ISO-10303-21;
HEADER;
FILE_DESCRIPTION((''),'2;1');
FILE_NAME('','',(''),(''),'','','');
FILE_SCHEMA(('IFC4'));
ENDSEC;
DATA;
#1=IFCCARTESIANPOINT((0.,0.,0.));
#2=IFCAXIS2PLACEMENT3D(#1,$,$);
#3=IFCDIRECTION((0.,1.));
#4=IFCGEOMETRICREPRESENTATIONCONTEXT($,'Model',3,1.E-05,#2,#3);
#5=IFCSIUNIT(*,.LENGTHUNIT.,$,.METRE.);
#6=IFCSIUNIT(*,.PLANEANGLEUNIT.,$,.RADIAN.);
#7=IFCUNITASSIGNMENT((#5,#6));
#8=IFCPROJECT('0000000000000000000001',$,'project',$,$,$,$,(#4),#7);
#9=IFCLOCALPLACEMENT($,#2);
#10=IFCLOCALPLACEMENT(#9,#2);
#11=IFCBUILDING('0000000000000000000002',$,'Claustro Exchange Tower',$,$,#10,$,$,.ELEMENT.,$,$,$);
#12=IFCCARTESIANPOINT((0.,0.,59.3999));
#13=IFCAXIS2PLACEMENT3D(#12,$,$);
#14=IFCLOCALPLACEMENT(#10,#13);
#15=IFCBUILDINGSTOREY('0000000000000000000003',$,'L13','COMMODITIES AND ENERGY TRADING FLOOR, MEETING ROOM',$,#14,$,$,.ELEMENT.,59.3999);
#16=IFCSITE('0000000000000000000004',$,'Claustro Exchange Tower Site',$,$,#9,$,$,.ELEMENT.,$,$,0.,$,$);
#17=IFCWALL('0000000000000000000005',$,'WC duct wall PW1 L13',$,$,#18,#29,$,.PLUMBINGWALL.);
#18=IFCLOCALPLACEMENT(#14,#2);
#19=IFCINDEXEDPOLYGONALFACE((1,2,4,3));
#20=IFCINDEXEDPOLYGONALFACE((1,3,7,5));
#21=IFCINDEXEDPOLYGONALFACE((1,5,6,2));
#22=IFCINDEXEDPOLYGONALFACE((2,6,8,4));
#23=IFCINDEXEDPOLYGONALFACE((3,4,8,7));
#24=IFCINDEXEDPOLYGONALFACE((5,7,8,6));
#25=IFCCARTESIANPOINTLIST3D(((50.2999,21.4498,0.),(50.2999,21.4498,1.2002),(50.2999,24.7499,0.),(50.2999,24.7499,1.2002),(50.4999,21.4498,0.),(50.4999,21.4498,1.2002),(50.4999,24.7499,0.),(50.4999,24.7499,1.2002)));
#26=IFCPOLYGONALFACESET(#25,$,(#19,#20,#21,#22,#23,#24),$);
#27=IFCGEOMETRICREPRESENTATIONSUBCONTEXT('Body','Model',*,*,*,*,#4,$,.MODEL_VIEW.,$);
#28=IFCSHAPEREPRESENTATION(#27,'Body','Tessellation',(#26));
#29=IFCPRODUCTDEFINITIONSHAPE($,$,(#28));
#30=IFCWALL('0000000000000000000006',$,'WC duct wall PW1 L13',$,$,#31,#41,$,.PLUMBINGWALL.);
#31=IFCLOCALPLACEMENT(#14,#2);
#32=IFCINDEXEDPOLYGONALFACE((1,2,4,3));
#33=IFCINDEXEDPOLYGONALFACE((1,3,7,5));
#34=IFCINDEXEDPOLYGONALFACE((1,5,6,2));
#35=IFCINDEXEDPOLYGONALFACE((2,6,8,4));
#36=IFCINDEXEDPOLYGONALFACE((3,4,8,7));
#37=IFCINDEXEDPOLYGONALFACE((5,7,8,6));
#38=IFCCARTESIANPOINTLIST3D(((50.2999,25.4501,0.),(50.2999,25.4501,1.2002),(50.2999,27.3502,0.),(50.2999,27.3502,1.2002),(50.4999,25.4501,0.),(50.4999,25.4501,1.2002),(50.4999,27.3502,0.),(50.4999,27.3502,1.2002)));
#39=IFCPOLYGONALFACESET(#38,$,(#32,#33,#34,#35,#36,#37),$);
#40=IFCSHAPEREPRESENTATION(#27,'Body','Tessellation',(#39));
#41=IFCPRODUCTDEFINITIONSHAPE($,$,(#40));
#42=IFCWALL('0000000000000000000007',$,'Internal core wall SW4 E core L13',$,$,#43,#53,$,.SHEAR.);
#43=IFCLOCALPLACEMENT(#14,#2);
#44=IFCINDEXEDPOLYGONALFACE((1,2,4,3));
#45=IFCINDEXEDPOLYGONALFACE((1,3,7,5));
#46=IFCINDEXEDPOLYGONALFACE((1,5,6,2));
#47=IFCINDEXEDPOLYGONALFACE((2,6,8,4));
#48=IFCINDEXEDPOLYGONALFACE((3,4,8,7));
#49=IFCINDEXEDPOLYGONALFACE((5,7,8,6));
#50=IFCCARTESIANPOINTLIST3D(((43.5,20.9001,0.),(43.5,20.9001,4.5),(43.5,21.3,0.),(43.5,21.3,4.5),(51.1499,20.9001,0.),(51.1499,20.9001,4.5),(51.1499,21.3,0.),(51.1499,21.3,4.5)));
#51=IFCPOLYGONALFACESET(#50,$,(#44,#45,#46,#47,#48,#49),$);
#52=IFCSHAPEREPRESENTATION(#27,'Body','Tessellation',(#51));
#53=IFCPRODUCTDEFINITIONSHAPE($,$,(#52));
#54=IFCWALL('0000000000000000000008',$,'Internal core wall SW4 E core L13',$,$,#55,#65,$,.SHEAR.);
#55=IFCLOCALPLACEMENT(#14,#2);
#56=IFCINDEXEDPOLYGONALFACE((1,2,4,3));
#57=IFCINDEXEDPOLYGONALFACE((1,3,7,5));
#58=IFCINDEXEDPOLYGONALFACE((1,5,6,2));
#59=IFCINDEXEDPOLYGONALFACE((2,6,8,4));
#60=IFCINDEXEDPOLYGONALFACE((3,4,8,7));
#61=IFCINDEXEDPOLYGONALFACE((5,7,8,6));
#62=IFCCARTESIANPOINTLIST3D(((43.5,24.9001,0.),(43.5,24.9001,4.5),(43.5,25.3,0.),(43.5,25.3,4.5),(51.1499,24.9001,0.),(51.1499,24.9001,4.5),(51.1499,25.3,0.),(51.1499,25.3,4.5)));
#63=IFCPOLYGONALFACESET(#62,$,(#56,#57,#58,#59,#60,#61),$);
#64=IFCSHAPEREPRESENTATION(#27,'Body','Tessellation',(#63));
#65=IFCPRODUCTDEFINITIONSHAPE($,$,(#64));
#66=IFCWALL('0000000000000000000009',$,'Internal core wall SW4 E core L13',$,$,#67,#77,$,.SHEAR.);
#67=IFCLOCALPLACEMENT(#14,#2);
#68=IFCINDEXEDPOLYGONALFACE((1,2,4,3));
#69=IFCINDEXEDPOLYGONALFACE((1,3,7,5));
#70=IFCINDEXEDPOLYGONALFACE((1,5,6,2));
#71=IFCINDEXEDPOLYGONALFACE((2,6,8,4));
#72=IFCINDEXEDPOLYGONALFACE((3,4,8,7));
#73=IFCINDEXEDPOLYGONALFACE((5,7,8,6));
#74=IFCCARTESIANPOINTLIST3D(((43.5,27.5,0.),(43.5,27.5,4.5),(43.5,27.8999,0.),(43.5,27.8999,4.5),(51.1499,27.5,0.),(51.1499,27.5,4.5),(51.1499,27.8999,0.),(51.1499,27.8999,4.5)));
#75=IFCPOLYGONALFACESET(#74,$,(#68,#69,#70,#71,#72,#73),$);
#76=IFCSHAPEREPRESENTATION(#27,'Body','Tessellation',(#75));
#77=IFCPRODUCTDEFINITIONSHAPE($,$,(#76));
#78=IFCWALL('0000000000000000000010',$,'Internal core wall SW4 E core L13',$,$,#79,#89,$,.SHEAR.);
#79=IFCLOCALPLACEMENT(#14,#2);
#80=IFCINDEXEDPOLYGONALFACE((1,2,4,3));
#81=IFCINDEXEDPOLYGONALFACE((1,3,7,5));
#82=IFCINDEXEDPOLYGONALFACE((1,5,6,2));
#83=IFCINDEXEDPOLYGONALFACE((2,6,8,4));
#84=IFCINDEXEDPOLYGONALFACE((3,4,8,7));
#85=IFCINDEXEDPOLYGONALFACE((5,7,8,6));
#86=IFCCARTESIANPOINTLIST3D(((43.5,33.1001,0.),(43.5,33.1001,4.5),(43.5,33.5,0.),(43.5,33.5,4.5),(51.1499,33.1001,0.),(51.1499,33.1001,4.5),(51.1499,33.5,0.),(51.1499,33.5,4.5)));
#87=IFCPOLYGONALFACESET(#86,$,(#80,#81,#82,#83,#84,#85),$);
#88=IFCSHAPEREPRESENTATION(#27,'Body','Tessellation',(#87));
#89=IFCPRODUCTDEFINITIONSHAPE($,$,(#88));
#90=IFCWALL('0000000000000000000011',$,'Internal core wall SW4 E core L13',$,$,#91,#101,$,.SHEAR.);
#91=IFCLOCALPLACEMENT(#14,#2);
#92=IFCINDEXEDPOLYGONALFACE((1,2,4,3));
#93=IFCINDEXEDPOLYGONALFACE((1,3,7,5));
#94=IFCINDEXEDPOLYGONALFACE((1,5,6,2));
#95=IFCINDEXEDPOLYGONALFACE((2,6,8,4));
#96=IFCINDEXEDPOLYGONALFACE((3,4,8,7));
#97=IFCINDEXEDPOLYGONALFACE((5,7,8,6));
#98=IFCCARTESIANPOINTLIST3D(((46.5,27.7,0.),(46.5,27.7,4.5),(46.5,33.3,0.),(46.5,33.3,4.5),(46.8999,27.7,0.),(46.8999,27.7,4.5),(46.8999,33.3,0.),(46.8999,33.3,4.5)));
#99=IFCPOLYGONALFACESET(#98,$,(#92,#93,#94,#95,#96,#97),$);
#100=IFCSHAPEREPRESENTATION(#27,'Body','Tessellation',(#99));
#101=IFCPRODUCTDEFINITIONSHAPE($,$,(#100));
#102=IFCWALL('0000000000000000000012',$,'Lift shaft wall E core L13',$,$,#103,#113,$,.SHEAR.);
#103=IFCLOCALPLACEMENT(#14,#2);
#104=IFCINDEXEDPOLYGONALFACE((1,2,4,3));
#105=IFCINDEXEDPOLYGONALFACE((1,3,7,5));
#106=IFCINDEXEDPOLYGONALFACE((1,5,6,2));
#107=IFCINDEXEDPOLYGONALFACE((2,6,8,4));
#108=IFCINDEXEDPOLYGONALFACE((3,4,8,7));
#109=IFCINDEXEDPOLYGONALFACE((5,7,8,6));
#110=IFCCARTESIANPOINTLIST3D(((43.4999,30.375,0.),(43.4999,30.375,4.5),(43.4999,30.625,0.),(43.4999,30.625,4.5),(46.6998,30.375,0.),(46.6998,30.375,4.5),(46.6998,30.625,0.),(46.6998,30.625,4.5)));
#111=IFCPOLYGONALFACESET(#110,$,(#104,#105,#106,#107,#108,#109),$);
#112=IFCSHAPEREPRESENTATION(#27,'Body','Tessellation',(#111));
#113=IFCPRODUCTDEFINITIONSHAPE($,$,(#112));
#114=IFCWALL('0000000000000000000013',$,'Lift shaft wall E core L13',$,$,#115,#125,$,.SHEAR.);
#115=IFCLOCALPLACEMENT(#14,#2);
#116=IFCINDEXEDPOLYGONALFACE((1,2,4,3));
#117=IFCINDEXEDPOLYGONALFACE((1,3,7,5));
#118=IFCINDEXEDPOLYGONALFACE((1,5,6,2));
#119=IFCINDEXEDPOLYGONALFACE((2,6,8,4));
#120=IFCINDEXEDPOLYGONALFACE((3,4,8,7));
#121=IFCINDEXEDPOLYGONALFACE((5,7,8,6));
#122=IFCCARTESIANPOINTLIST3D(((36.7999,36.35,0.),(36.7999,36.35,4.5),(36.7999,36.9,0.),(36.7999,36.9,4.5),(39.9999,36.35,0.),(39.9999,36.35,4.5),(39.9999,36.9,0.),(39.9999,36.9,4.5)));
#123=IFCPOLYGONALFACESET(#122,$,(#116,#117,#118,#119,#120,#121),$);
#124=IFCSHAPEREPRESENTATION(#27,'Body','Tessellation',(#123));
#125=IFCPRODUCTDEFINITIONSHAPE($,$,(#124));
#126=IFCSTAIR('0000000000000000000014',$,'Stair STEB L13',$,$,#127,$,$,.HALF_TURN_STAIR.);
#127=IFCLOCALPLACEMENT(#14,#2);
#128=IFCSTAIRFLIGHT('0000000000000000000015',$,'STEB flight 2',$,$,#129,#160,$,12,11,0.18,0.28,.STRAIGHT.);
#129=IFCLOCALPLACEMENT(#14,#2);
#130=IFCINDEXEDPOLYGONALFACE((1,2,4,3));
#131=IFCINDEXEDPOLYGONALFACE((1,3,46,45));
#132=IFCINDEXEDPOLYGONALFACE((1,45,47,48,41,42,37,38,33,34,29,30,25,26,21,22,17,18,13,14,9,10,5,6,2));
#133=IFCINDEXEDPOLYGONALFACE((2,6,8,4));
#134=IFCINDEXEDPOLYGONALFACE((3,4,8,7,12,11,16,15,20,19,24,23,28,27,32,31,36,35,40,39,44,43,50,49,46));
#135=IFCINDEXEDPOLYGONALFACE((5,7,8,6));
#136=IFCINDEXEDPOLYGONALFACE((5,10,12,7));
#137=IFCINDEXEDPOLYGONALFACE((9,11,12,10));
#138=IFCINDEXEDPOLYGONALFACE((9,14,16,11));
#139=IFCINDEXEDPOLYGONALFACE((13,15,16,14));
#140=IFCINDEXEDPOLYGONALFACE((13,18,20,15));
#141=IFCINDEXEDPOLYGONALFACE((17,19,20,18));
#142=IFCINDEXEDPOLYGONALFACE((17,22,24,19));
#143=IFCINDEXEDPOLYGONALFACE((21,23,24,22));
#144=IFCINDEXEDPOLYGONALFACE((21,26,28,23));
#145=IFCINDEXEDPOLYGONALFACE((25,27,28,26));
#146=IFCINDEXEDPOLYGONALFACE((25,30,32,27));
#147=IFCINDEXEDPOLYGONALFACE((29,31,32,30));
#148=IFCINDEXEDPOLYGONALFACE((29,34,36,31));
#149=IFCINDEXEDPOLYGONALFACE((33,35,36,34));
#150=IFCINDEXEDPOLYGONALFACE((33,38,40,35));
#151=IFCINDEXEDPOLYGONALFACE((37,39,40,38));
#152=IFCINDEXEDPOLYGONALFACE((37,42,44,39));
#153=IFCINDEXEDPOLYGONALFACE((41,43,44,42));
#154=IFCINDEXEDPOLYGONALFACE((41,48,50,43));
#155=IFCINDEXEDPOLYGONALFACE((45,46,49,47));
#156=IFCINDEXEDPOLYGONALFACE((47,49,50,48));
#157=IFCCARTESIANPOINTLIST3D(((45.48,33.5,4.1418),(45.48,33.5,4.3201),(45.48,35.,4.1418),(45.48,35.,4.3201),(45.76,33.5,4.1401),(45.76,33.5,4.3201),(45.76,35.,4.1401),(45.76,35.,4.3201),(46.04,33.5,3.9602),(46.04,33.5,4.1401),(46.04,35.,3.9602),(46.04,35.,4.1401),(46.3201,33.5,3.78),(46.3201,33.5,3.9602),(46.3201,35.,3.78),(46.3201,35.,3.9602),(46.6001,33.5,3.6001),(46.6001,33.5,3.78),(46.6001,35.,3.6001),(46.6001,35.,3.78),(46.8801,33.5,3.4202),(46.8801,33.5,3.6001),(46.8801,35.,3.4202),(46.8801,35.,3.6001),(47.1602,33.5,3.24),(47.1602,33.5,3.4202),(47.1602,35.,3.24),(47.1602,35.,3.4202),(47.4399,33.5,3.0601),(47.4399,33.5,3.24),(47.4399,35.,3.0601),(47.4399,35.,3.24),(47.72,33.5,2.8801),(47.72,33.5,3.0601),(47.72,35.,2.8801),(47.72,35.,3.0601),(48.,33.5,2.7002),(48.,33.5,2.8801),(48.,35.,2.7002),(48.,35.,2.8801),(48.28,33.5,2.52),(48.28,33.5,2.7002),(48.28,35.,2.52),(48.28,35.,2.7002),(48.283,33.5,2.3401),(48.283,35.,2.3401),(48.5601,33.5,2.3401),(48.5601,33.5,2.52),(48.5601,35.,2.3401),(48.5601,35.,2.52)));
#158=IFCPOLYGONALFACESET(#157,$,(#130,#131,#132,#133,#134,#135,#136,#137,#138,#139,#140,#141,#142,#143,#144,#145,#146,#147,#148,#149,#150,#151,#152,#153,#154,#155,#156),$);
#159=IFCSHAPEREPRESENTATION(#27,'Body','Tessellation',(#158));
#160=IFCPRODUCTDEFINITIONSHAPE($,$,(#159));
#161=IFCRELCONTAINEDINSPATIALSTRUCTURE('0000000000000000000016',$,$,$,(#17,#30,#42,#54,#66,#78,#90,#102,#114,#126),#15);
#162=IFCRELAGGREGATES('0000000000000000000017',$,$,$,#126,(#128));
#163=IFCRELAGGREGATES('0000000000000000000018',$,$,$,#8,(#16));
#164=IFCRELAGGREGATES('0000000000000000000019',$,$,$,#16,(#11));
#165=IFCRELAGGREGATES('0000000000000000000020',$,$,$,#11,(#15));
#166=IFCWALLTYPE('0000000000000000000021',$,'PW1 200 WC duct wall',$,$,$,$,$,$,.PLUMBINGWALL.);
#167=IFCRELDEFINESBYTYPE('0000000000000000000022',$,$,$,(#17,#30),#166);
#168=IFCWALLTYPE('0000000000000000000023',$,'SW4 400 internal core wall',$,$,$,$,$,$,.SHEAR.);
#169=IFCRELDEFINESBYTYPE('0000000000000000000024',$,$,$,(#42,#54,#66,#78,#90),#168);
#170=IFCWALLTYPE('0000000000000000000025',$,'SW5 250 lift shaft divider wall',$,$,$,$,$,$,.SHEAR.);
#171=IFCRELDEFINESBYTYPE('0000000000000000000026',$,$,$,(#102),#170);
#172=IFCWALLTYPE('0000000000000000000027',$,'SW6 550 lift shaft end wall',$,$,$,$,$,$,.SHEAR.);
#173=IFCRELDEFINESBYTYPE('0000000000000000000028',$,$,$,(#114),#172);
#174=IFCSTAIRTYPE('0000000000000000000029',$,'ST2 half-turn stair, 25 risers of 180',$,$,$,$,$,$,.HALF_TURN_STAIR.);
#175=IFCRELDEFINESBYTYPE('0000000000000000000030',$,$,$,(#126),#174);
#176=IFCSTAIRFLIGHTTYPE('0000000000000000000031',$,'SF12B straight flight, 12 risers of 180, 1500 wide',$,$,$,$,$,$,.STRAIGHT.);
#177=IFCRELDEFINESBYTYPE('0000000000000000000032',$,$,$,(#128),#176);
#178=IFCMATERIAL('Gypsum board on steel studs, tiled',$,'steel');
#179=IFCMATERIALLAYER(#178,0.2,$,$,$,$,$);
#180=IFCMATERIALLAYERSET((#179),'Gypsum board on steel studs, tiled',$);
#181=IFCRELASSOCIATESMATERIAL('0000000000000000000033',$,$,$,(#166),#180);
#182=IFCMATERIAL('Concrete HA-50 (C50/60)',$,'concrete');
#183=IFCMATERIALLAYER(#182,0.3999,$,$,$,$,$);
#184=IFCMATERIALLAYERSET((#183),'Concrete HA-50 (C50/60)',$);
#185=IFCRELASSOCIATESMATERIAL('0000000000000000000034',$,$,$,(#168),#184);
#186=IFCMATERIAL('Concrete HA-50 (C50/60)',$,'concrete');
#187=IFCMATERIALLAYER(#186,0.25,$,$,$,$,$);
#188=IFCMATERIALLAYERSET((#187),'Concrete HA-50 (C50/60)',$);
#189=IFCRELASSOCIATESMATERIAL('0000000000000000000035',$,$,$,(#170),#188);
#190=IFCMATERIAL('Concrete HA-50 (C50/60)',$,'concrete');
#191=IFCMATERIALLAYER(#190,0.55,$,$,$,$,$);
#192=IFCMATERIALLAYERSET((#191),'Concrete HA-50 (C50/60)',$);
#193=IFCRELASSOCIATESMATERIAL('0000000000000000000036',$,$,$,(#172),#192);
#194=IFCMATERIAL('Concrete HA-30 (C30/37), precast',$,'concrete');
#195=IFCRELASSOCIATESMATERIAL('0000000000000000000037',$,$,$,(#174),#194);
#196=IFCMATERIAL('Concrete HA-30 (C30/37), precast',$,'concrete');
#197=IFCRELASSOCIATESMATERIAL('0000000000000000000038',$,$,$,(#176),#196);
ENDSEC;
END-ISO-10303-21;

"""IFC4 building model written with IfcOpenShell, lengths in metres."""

from ifc_helpers import new_model, si_unit, direction, frame, frame_2d, origin, place, context, subcontext, project, spatial, polyline, rectangle, outline, extrude, material, layer, layer_set, type_object, element, aggregate, save


model = new_model("IFC4")

# Units and contexts
model_context = context("Model", 3, precision=1e-05, world=origin(), true_north=direction((0.0, 1.0)))
body_context = subcontext(model_context, "Body", "Model", "MODEL_VIEW")
ifc_project = project(units=[si_unit("LENGTHUNIT", "METRE"), si_unit("PLANEANGLEUNIT", "RADIAN")], contexts=[model_context])

# Site, building, storey
site_placement = place(None, origin())
site = spatial("IfcSite", under=ifc_project, at=site_placement, Name="Claustro Exchange Tower Site", CompositionType="ELEMENT", RefElevation=0.0)
building_placement = place(site_placement, origin())
building = spatial("IfcBuilding", under=site, at=building_placement, Name="Claustro Exchange Tower", CompositionType="ELEMENT")
storey_placement = place(building_placement, frame((0.0, 0.0, 59.3999)))
storey = spatial("IfcBuildingStorey", under=building, at=storey_placement, Name="L13", Description="COMMODITIES AND ENERGY TRADING FLOOR, MEETING ROOM", CompositionType="ELEMENT", Elevation=59.3999)

# Walls
ifc_material_1 = material(Name="Gypsum board on steel studs, tiled", Category="steel")
ifc_layer_1 = layer(ifc_material_1, 0.2)
ifc_layer_set_1 = layer_set([ifc_layer_1], Name="Gypsum board on steel studs, tiled")
wall_type_1 = type_object("IfcWallType", Name="PW1 200 WC duct wall", PredefinedType="PLUMBINGWALL", material=ifc_layer_set_1)
wall_1_placement = place(storey_placement, frame((50.3999, 21.45, 0.0), z_axis=(0.0, 0.0, 1.0), x_axis=(0.0, 1.0, 0.0)))
element("IfcWall", 1, at=wall_1_placement, inside=storey, type_object=wall_type_1, Name="WC duct wall PW1 L13", PredefinedType="PLUMBINGWALL", context=body_context, shape_type="SweptSolid", body=[
    extrude(rectangle(XDim=3.3, YDim=0.2, at=frame_2d((1.6499, 0.0))), origin(), (0.0, 0.0, 1.0), 1.2002),
])
wall_2_placement = place(storey_placement, frame((50.3999, 25.45, 0.0), z_axis=(0.0, 0.0, 1.0), x_axis=(0.0, 1.0, 0.0)))
element("IfcWall", 2, at=wall_2_placement, inside=storey, type_object=wall_type_1, Name="WC duct wall PW1 L13", PredefinedType="PLUMBINGWALL", context=body_context, shape_type="SweptSolid", body=[
    extrude(rectangle(XDim=1.9001, YDim=0.2, at=frame_2d((0.9502, 0.0))), origin(), (0.0, 0.0, 1.0), 1.2002),
])
ifc_material_2 = material(Name="Concrete HA-50 (C50/60)", Category="concrete")
ifc_layer_2 = layer(ifc_material_2, 0.3999)
ifc_layer_set_2 = layer_set([ifc_layer_2], Name="Concrete HA-50 (C50/60)")
wall_type_2 = type_object("IfcWallType", Name="SW4 400 internal core wall", PredefinedType="SHEAR", material=ifc_layer_set_2)
for number, where, z_axis, x_axis, name in (
    (3, (51.1499, 21.1001, 0.0), (0.0, 0.0, 1.0), (-1.0, 0.0, 0.0), "Internal core wall SW4 E core L13"),
    (4, (51.1499, 25.1001, 0.0), (0.0, 0.0, 1.0), (-1.0, 0.0, 0.0), "Internal core wall SW4 E core L13"),
    (5, (51.1499, 27.7, 0.0), (0.0, 0.0, 1.0), (-1.0, 0.0, 0.0), "Internal core wall SW4 E core L13"),
    (6, (51.1499, 33.3, 0.0), (0.0, 0.0, 1.0), (-1.0, 0.0, 0.0), "Internal core wall SW4 E core L13"),
):
    element("IfcWall", number, at=place(storey_placement, frame(where, z_axis=z_axis, x_axis=x_axis)), inside=storey, type_object=wall_type_2, Name=name, PredefinedType="SHEAR", context=body_context, shape_type="SweptSolid", body=[
        extrude(rectangle(XDim=7.6499, YDim=0.3999, at=frame_2d((3.825, 0.0))), origin(), (0.0, 0.0, 1.0), 4.5),
    ])
wall_3_placement = place(storey_placement, frame((46.7, 27.7, 0.0), z_axis=(0.0, 0.0, 1.0), x_axis=(0.0, 1.0, 0.0)))
element("IfcWall", 7, at=wall_3_placement, inside=storey, type_object=wall_type_2, Name="Internal core wall SW4 E core L13", PredefinedType="SHEAR", context=body_context, shape_type="SweptSolid", body=[
    extrude(rectangle(XDim=5.6001, YDim=0.3999, at=frame_2d((2.8, 0.0))), origin(), (0.0, 0.0, 1.0), 4.5),
])
ifc_material_3 = material(Name="Concrete HA-50 (C50/60)", Category="concrete")
ifc_layer_3 = layer(ifc_material_3, 0.25)
ifc_layer_set_3 = layer_set([ifc_layer_3], Name="Concrete HA-50 (C50/60)")
wall_type_3 = type_object("IfcWallType", Name="SW5 250 lift shaft divider wall", PredefinedType="SHEAR", material=ifc_layer_set_3)
wall_4_placement = place(storey_placement, frame((46.7, 30.5, 0.0), z_axis=(0.0, 0.0, 1.0), x_axis=(-1.0, 0.0, 0.0)))
element("IfcWall", 8, at=wall_4_placement, inside=storey, type_object=wall_type_3, Name="Lift shaft wall E core L13", PredefinedType="SHEAR", context=body_context, shape_type="SweptSolid", body=[
    extrude(rectangle(XDim=3.2, YDim=0.25, at=frame_2d((1.6001, 0.0))), origin(), (0.0, 0.0, 1.0), 4.5),
])
ifc_material_4 = material(Name="Concrete HA-50 (C50/60)", Category="concrete")
ifc_layer_4 = layer(ifc_material_4, 0.55)
ifc_layer_set_4 = layer_set([ifc_layer_4], Name="Concrete HA-50 (C50/60)")
wall_type_4 = type_object("IfcWallType", Name="SW6 550 lift shaft end wall", PredefinedType="SHEAR", material=ifc_layer_set_4)
wall_5_placement = place(storey_placement, frame((40.0, 36.625, 0.0), z_axis=(0.0, 0.0, 1.0), x_axis=(-1.0, 0.0, 0.0)))
element("IfcWall", 9, at=wall_5_placement, inside=storey, type_object=wall_type_4, Name="Lift shaft wall E core L13", PredefinedType="SHEAR", context=body_context, shape_type="SweptSolid", body=[
    extrude(rectangle(XDim=3.2, YDim=0.55, at=frame_2d((1.6001, 0.0))), origin(), (0.0, 0.0, 1.0), 4.5),
])

# Stair, stair flight
ifc_material_5 = material(Name="Concrete HA-30 (C30/37), precast", Category="concrete")
stair_type = type_object("IfcStairType", Name="ST2 half-turn stair, 25 risers of 180", PredefinedType="HALF_TURN_STAIR", material=ifc_material_5)
stair_placement = place(storey_placement, origin())
stair = element("IfcStair", 10, at=stair_placement, inside=storey, type_object=stair_type, Name="Stair STEB L13", PredefinedType="HALF_TURN_STAIR")
ifc_material_6 = material(Name="Concrete HA-30 (C30/37), precast", Category="concrete")
stair_flight_type_1 = type_object("IfcStairFlightType", Name="SF12B straight flight, 12 risers of 180, 1500 wide", PredefinedType="STRAIGHT", material=ifc_material_6)
stair_flight_1_placement = place(storey_placement, frame((48.5601, 34.25, 2.3401), z_axis=(0.0, 0.0, 1.0), x_axis=(-1.0, 0.0, 0.0)))
stair_flight_1 = element("IfcStairFlight", 11, at=stair_flight_1_placement, type_object=stair_flight_type_1, Name="STEB flight 2", NumberOfRisers=12, NumberOfTreads=11, PredefinedType="STRAIGHT", RiserHeight=0.18, TreadLength=0.28, context=body_context, shape_type="SweptSolid", body=[
    extrude(outline(polyline([(0.0, 0.0), (0.0, 0.1799), (0.28, 0.1799), (0.28, 0.3601), (0.5601, 0.3601), (0.5601, 0.54), (0.8401, 0.54), (0.8401, 0.72), (1.1201, 0.72), (1.1201, 0.8999), (1.3999, 0.8999), (1.3999, 1.0801), (1.6799, 1.0801), (1.6799, 1.26), (1.96, 1.26), (1.96, 1.4399), (2.24, 1.4399), (2.24, 1.6201), (2.52, 1.6201), (2.52, 1.8), (2.8, 1.8), (2.8, 1.98), (3.0801, 1.98), (3.0801, 2.1599), (3.0801, 1.8018), (0.2771, 0.0), (0.0, 0.0)])), frame((0.0, 0.75, 0.0), z_axis=(0.0, -1.0, 0.0), x_axis=(1.0, 0.0, 0.0)), (0.0, 0.0, 1.0), 1.5),
])
aggregate(stair, [stair_flight_1])

save(model, "model.ifc")
